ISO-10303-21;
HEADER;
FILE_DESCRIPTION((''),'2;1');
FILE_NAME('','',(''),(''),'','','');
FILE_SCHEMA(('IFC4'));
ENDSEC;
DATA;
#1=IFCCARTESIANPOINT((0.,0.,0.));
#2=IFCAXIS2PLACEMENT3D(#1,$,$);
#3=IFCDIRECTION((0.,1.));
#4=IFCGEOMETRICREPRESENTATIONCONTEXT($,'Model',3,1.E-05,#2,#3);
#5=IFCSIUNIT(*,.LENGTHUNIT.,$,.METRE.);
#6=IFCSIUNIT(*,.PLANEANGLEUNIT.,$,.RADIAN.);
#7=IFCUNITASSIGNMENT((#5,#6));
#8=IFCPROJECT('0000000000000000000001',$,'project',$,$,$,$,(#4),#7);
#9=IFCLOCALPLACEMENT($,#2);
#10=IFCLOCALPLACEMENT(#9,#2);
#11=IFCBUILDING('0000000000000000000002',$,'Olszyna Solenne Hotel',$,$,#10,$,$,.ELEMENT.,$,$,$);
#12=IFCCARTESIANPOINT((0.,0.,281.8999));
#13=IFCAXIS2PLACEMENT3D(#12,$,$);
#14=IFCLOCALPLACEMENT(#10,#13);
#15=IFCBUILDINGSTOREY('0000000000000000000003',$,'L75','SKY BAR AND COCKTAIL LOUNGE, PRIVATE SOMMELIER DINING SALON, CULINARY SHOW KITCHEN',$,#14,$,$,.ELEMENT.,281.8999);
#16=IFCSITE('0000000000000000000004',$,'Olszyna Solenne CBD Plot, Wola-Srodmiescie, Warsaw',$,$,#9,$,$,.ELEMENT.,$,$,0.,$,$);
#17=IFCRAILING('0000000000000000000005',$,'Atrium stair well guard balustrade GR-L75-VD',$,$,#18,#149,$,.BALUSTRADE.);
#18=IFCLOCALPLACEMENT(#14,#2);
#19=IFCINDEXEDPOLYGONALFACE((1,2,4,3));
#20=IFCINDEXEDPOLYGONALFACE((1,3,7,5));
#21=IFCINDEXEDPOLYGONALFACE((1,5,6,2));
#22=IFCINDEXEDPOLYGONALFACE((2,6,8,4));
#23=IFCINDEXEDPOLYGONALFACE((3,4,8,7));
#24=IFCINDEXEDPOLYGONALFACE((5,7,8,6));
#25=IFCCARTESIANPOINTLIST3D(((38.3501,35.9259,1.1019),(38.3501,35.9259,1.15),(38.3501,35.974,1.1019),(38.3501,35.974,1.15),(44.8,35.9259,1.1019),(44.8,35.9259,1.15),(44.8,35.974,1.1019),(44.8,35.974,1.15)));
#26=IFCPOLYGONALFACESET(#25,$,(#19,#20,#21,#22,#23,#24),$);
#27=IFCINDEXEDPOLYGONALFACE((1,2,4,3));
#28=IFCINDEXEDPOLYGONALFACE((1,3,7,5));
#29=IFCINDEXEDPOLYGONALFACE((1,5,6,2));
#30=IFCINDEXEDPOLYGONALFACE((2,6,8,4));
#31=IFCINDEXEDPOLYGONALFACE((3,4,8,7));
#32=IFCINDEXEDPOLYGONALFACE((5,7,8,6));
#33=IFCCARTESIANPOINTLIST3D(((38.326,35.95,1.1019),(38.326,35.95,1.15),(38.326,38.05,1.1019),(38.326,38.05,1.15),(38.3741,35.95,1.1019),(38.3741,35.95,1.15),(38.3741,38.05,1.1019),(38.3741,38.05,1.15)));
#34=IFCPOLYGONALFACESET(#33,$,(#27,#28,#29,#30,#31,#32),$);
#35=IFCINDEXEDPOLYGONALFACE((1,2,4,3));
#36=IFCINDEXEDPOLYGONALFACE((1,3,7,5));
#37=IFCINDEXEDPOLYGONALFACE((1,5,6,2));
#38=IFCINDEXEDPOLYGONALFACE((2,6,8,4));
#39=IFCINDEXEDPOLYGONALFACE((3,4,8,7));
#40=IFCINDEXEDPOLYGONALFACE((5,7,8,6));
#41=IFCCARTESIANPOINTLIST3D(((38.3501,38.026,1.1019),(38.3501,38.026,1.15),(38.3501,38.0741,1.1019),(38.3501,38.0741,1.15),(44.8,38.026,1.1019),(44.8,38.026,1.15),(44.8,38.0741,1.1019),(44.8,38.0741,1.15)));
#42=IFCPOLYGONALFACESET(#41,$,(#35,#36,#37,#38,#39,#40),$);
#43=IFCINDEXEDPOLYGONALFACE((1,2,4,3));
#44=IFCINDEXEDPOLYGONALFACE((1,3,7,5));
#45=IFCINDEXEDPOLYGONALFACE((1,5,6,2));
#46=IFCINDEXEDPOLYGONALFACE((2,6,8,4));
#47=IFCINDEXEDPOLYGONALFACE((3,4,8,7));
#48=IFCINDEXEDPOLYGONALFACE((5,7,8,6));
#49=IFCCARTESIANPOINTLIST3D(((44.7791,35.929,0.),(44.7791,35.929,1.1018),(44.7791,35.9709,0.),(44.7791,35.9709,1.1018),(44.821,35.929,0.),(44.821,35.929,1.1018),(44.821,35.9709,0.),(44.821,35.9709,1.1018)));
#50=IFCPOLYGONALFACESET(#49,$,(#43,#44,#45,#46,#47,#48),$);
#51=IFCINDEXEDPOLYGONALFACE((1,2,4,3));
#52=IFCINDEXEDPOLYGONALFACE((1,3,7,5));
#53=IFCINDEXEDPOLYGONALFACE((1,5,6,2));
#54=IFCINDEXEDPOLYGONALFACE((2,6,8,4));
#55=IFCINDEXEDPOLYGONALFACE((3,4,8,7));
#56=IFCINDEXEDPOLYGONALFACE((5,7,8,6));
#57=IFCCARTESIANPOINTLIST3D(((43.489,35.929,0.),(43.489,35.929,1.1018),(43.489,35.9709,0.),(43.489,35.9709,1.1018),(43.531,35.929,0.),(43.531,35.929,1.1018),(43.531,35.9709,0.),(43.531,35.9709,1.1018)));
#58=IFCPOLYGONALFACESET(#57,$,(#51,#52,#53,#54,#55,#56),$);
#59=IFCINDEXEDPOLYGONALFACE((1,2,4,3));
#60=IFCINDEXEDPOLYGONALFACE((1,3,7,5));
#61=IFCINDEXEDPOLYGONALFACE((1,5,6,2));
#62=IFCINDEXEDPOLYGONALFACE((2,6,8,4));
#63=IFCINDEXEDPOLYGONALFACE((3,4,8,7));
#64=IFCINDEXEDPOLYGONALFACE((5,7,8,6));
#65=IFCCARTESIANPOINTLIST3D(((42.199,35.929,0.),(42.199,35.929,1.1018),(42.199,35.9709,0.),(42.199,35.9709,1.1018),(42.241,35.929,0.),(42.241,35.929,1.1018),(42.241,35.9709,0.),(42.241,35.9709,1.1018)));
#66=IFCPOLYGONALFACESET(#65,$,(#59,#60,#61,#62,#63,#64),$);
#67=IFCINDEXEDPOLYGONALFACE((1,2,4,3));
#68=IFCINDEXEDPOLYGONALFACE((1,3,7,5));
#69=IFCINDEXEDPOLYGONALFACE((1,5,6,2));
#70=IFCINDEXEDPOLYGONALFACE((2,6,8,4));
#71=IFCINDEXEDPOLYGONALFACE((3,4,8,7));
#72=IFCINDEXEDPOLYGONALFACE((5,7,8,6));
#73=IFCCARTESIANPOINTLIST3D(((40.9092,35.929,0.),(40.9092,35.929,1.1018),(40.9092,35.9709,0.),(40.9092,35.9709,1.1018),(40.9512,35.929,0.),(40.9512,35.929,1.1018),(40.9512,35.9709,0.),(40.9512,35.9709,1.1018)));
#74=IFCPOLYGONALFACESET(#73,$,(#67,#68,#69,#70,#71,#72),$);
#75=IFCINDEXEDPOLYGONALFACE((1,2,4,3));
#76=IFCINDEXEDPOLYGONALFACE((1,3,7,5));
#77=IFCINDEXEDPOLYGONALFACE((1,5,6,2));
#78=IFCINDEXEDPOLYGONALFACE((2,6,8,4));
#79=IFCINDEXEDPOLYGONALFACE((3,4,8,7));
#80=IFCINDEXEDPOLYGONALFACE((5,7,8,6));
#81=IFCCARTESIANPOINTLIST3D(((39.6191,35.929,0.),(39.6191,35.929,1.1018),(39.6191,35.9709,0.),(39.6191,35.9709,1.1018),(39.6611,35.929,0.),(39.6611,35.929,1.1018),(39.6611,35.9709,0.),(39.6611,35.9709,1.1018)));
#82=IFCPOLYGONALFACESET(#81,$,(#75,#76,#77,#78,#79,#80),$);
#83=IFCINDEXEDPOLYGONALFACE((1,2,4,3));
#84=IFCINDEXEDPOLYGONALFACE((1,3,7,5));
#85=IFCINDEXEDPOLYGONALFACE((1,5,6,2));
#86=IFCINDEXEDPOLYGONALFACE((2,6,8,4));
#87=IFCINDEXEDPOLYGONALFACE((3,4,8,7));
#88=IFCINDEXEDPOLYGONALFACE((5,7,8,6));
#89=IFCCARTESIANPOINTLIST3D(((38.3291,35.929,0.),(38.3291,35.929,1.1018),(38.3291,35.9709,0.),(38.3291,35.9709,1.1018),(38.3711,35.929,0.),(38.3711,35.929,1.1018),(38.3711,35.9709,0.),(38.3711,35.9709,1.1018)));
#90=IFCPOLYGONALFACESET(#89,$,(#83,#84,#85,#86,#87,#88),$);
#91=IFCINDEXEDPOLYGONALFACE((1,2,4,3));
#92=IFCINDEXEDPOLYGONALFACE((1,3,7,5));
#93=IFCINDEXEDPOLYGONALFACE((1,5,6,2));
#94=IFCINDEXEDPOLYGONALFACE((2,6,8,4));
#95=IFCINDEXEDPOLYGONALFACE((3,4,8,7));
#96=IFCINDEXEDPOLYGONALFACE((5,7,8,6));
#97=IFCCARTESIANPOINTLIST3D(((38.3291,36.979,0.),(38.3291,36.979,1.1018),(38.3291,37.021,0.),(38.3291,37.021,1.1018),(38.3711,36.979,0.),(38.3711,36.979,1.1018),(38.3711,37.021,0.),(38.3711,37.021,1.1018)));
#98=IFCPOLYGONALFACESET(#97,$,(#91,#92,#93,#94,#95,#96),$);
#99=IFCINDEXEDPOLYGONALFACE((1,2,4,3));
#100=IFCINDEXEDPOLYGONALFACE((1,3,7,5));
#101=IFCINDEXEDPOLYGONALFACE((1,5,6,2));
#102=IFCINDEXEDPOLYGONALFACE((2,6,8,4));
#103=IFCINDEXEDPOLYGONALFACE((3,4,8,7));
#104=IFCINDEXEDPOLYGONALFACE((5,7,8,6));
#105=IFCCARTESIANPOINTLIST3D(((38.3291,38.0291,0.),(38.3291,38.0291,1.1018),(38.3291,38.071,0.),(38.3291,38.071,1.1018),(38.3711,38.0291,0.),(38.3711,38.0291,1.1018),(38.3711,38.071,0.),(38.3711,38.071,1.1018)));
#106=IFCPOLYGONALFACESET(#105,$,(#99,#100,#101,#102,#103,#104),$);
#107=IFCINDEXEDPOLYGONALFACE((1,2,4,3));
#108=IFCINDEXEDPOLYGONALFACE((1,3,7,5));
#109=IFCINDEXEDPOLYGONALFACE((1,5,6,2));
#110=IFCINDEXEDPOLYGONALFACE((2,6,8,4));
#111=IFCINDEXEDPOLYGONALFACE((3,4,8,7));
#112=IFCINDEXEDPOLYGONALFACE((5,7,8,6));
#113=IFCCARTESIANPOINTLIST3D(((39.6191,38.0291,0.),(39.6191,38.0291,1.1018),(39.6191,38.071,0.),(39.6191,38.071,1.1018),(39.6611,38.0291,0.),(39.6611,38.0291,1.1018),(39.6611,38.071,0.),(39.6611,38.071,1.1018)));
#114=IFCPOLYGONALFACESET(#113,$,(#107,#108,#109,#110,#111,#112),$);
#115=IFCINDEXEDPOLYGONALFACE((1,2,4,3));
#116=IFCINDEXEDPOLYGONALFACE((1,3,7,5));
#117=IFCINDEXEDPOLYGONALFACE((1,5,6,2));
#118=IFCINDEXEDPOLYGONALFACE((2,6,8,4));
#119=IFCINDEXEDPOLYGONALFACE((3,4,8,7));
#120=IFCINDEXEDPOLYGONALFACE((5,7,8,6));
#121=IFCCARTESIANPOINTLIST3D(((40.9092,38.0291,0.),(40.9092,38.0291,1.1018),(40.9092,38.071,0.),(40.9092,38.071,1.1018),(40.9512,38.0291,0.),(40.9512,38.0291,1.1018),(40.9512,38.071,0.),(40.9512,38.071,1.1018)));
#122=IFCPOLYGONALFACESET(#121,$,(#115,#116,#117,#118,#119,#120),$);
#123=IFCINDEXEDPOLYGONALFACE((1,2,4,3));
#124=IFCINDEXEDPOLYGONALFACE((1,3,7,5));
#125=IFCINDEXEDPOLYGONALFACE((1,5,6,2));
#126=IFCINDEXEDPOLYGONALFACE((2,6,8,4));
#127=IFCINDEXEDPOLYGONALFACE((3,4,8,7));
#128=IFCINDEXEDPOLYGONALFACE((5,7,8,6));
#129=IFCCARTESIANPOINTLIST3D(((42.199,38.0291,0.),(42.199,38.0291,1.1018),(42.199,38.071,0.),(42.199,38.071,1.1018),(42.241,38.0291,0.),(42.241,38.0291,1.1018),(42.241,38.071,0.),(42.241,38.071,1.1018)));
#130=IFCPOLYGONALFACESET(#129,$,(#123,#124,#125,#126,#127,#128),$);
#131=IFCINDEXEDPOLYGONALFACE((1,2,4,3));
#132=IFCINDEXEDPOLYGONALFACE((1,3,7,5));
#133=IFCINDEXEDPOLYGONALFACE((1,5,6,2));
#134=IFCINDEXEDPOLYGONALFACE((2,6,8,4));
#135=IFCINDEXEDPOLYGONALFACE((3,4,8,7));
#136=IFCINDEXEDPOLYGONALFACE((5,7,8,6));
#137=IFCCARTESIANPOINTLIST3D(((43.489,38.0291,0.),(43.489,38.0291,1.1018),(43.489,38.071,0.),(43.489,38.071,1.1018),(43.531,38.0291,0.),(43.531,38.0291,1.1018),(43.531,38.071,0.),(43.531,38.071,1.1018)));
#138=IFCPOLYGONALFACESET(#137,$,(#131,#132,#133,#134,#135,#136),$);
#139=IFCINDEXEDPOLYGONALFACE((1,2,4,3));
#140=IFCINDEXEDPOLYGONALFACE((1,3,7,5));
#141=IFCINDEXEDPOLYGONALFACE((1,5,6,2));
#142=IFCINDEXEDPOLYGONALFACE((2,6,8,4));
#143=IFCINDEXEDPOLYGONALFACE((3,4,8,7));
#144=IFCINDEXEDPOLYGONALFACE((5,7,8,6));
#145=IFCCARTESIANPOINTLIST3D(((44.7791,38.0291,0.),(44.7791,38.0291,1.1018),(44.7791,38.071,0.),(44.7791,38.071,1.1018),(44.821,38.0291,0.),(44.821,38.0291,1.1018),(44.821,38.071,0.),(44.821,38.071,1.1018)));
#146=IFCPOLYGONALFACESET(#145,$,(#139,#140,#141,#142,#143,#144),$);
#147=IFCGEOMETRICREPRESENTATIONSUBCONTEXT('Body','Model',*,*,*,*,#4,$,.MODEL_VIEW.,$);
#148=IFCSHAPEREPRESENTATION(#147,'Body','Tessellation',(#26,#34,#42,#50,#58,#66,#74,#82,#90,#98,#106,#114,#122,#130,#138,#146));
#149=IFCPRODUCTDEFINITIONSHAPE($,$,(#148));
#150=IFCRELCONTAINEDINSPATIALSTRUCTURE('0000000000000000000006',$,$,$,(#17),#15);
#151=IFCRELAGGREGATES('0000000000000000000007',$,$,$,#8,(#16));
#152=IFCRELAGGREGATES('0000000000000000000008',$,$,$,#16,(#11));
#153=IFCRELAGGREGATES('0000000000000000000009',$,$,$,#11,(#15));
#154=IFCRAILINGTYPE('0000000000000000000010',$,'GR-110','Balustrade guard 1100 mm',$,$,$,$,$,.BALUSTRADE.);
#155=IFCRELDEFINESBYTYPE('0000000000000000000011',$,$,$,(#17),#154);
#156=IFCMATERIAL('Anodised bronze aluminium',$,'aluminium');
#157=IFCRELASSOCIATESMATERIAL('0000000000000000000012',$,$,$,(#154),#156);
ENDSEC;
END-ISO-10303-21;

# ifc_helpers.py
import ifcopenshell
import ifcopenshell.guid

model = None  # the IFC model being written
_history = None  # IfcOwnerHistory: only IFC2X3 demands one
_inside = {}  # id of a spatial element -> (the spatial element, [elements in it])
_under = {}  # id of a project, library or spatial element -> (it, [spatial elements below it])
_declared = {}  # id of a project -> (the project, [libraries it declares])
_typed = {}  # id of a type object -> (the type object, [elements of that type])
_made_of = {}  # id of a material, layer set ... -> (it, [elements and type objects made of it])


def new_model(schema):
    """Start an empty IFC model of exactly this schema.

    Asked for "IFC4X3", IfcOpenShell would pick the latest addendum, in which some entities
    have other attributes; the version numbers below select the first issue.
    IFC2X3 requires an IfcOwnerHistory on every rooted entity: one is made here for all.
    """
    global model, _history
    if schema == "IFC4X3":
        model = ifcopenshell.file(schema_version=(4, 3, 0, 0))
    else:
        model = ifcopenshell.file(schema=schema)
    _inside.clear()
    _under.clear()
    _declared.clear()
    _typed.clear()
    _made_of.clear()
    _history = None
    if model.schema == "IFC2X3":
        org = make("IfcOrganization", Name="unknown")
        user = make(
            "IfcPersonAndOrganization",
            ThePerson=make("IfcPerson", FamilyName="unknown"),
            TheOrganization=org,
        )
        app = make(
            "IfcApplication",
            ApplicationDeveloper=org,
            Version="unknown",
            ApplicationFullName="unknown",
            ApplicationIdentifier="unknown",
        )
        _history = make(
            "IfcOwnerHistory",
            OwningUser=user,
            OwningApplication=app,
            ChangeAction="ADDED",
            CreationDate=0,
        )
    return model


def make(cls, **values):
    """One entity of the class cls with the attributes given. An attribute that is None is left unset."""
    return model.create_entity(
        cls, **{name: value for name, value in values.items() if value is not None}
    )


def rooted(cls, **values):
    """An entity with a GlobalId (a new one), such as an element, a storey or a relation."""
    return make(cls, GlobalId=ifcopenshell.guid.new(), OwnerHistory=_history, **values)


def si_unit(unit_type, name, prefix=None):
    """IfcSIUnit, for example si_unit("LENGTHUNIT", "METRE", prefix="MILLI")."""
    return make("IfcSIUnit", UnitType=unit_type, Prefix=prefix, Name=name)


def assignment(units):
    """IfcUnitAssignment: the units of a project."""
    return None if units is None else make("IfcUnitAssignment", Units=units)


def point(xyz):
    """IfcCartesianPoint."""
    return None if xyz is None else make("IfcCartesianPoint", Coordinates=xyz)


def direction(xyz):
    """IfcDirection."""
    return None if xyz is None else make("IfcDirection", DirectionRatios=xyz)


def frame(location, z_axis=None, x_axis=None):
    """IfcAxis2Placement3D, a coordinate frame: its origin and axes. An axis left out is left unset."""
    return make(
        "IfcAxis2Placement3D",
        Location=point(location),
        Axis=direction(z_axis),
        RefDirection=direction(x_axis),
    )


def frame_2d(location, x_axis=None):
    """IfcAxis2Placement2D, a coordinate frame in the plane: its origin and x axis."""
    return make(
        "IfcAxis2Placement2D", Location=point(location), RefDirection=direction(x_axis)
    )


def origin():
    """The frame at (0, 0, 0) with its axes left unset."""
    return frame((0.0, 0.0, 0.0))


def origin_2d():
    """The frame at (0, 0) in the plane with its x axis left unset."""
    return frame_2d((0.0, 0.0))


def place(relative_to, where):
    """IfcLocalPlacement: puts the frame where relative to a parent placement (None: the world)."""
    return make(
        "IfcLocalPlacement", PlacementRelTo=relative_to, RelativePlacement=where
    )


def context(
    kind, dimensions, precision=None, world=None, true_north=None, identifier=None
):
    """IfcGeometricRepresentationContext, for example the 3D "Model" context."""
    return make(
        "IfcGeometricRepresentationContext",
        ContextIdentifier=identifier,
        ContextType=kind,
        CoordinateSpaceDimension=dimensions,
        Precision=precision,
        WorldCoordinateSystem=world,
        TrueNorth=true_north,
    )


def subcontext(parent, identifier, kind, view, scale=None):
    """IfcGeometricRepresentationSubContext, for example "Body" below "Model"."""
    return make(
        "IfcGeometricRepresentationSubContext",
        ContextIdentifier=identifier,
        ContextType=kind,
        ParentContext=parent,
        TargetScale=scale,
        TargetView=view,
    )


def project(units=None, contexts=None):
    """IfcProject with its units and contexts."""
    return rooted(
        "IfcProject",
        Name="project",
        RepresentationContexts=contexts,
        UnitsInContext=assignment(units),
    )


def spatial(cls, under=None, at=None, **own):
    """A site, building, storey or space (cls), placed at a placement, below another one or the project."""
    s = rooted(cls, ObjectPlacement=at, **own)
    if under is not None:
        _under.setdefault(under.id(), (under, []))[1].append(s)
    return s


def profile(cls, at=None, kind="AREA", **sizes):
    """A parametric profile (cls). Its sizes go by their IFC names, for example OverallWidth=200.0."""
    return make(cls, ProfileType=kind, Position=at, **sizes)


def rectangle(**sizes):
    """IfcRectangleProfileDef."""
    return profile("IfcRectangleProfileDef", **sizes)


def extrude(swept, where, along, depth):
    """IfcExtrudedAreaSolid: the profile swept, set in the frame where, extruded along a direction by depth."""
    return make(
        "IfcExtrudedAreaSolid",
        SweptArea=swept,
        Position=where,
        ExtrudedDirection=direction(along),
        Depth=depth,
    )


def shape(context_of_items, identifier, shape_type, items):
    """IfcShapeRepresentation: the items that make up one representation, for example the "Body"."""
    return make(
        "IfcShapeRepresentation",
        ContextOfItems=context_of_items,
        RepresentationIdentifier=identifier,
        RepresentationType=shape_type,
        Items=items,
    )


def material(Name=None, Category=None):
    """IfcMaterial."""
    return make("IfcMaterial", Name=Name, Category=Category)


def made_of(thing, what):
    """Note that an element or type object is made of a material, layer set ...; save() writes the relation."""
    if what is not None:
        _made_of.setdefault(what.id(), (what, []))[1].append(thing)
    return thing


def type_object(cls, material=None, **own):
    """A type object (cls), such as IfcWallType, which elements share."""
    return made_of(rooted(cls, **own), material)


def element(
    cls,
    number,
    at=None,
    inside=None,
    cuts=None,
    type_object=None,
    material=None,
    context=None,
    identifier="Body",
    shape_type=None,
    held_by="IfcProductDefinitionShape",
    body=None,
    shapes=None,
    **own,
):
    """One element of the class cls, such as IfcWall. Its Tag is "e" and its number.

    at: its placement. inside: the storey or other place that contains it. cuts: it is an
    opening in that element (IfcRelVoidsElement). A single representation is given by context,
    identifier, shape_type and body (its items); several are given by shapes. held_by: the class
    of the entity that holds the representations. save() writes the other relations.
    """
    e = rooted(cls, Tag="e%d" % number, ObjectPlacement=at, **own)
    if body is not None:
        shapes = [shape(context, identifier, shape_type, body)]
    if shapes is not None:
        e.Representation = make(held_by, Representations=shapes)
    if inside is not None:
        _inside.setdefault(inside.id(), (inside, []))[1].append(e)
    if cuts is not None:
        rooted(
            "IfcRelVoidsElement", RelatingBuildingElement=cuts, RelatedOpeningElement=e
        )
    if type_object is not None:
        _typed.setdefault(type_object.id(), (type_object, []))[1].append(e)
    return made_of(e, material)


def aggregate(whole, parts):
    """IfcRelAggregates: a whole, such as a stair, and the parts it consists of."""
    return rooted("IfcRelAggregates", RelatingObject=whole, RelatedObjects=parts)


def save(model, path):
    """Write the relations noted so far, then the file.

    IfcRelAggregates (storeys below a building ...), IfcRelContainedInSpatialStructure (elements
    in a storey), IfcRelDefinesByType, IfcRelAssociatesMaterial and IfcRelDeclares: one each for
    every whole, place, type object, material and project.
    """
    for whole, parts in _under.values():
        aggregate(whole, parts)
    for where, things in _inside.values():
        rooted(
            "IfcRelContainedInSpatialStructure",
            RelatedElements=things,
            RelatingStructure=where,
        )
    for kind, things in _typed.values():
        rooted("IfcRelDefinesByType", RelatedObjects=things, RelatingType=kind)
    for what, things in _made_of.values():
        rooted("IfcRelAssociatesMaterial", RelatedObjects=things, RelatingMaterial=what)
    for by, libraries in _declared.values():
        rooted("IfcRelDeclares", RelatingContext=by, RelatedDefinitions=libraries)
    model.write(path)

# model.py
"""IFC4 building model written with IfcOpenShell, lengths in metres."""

from ifc_helpers import new_model, si_unit, direction, frame, origin, origin_2d, place, context, subcontext, project, spatial, rectangle, extrude, material, type_object, element, save


model = new_model("IFC4")

# Units and contexts
model_context = context("Model", 3, precision=1e-05, world=origin(), true_north=direction((0.0, 1.0)))
body_context = subcontext(model_context, "Body", "Model", "MODEL_VIEW")
ifc_project = project(units=[si_unit("LENGTHUNIT", "METRE"), si_unit("PLANEANGLEUNIT", "RADIAN")], contexts=[model_context])

# Site, building, storey
site_placement = place(None, origin())
site = spatial("IfcSite", under=ifc_project, at=site_placement, Name="Olszyna Solenne CBD Plot, Wola-Srodmiescie, Warsaw", CompositionType="ELEMENT", RefElevation=0.0)
building_placement = place(site_placement, origin())
building = spatial("IfcBuilding", under=site, at=building_placement, Name="Olszyna Solenne Hotel", CompositionType="ELEMENT")
storey_placement = place(building_placement, frame((0.0, 0.0, 281.8999)))
storey = spatial("IfcBuildingStorey", under=building, at=storey_placement, Name="L75", Description="SKY BAR AND COCKTAIL LOUNGE, PRIVATE SOMMELIER DINING SALON, CULINARY SHOW KITCHEN", CompositionType="ELEMENT", Elevation=281.8999)

# Shared definitions
ifc_material_1 = material(Name="Anodised bronze aluminium", Category="aluminium")

# Railing
railing_type = type_object("IfcRailingType", Name="GR-110", Description="Balustrade guard 1100 mm", PredefinedType="BALUSTRADE", material=ifc_material_1)
railing_placement = place(storey_placement, frame((44.8, 35.95, 0.0)))
element("IfcRailing", 1, at=railing_placement, inside=storey, type_object=railing_type, Name="Atrium stair well guard balustrade GR-L75-VD", PredefinedType="BALUSTRADE", context=body_context, shape_type="SweptSolid", body=[
    extrude(rectangle(XDim=0.0481, YDim=0.0481, at=origin_2d()), frame((0.0, 0.0, 1.126), z_axis=(-1.0, 0.0, 0.0), x_axis=(0.0, -1.0, 0.0)), (0.0, 0.0, 1.0), 6.45),
    extrude(rectangle(XDim=0.0481, YDim=0.0481, at=origin_2d()), frame((-6.45, 0.0, 1.126), z_axis=(0.0, 1.0, 0.0), x_axis=(-1.0, 0.0, 0.0)), (0.0, 0.0, 1.0), 2.1001),
    extrude(rectangle(XDim=0.0481, YDim=0.0481, at=origin_2d()), frame((-6.45, 2.1001, 1.126), z_axis=(1.0, 0.0, 0.0), x_axis=(0.0, 1.0, 0.0)), (0.0, 0.0, 1.0), 6.45),
    extrude(rectangle(XDim=0.042, YDim=0.042, at=origin_2d()), origin(), (0.0, 0.0, 1.0), 1.1018),
    extrude(rectangle(XDim=0.042, YDim=0.042, at=origin_2d()), frame((-1.29, 0.0, 0.0)), (0.0, 0.0, 1.0), 1.1018),
    extrude(rectangle(XDim=0.042, YDim=0.042, at=origin_2d()), frame((-2.5801, 0.0, 0.0)), (0.0, 0.0, 1.0), 1.1018),
    extrude(rectangle(XDim=0.042, YDim=0.042, at=origin_2d()), frame((-3.8699, 0.0, 0.0)), (0.0, 0.0, 1.0), 1.1018),
    extrude(rectangle(XDim=0.042, YDim=0.042, at=origin_2d()), frame((-5.1599, 0.0, 0.0)), (0.0, 0.0, 1.0), 1.1018),
    extrude(rectangle(XDim=0.042, YDim=0.042, at=origin_2d()), frame((-6.45, 0.0, 0.0)), (0.0, 0.0, 1.0), 1.1018),
    extrude(rectangle(XDim=0.042, YDim=0.042, at=origin_2d()), frame((-6.45, 1.05, 0.0)), (0.0, 0.0, 1.0), 1.1018),
    extrude(rectangle(XDim=0.042, YDim=0.042, at=origin_2d()), frame((-6.45, 2.1001, 0.0)), (0.0, 0.0, 1.0), 1.1018),
    extrude(rectangle(XDim=0.042, YDim=0.042, at=origin_2d()), frame((-5.1599, 2.1001, 0.0)), (0.0, 0.0, 1.0), 1.1018),
    extrude(rectangle(XDim=0.042, YDim=0.042, at=origin_2d()), frame((-3.8699, 2.1001, 0.0)), (0.0, 0.0, 1.0), 1.1018),
    extrude(rectangle(XDim=0.042, YDim=0.042, at=origin_2d()), frame((-2.5801, 2.1001, 0.0)), (0.0, 0.0, 1.0), 1.1018),
    extrude(rectangle(XDim=0.042, YDim=0.042, at=origin_2d()), frame((-1.29, 2.1001, 0.0)), (0.0, 0.0, 1.0), 1.1018),
    extrude(rectangle(XDim=0.042, YDim=0.042, at=origin_2d()), frame((0.0, 2.1001, 0.0)), (0.0, 0.0, 1.0), 1.1018),
])

save(model, "model.ifc")
